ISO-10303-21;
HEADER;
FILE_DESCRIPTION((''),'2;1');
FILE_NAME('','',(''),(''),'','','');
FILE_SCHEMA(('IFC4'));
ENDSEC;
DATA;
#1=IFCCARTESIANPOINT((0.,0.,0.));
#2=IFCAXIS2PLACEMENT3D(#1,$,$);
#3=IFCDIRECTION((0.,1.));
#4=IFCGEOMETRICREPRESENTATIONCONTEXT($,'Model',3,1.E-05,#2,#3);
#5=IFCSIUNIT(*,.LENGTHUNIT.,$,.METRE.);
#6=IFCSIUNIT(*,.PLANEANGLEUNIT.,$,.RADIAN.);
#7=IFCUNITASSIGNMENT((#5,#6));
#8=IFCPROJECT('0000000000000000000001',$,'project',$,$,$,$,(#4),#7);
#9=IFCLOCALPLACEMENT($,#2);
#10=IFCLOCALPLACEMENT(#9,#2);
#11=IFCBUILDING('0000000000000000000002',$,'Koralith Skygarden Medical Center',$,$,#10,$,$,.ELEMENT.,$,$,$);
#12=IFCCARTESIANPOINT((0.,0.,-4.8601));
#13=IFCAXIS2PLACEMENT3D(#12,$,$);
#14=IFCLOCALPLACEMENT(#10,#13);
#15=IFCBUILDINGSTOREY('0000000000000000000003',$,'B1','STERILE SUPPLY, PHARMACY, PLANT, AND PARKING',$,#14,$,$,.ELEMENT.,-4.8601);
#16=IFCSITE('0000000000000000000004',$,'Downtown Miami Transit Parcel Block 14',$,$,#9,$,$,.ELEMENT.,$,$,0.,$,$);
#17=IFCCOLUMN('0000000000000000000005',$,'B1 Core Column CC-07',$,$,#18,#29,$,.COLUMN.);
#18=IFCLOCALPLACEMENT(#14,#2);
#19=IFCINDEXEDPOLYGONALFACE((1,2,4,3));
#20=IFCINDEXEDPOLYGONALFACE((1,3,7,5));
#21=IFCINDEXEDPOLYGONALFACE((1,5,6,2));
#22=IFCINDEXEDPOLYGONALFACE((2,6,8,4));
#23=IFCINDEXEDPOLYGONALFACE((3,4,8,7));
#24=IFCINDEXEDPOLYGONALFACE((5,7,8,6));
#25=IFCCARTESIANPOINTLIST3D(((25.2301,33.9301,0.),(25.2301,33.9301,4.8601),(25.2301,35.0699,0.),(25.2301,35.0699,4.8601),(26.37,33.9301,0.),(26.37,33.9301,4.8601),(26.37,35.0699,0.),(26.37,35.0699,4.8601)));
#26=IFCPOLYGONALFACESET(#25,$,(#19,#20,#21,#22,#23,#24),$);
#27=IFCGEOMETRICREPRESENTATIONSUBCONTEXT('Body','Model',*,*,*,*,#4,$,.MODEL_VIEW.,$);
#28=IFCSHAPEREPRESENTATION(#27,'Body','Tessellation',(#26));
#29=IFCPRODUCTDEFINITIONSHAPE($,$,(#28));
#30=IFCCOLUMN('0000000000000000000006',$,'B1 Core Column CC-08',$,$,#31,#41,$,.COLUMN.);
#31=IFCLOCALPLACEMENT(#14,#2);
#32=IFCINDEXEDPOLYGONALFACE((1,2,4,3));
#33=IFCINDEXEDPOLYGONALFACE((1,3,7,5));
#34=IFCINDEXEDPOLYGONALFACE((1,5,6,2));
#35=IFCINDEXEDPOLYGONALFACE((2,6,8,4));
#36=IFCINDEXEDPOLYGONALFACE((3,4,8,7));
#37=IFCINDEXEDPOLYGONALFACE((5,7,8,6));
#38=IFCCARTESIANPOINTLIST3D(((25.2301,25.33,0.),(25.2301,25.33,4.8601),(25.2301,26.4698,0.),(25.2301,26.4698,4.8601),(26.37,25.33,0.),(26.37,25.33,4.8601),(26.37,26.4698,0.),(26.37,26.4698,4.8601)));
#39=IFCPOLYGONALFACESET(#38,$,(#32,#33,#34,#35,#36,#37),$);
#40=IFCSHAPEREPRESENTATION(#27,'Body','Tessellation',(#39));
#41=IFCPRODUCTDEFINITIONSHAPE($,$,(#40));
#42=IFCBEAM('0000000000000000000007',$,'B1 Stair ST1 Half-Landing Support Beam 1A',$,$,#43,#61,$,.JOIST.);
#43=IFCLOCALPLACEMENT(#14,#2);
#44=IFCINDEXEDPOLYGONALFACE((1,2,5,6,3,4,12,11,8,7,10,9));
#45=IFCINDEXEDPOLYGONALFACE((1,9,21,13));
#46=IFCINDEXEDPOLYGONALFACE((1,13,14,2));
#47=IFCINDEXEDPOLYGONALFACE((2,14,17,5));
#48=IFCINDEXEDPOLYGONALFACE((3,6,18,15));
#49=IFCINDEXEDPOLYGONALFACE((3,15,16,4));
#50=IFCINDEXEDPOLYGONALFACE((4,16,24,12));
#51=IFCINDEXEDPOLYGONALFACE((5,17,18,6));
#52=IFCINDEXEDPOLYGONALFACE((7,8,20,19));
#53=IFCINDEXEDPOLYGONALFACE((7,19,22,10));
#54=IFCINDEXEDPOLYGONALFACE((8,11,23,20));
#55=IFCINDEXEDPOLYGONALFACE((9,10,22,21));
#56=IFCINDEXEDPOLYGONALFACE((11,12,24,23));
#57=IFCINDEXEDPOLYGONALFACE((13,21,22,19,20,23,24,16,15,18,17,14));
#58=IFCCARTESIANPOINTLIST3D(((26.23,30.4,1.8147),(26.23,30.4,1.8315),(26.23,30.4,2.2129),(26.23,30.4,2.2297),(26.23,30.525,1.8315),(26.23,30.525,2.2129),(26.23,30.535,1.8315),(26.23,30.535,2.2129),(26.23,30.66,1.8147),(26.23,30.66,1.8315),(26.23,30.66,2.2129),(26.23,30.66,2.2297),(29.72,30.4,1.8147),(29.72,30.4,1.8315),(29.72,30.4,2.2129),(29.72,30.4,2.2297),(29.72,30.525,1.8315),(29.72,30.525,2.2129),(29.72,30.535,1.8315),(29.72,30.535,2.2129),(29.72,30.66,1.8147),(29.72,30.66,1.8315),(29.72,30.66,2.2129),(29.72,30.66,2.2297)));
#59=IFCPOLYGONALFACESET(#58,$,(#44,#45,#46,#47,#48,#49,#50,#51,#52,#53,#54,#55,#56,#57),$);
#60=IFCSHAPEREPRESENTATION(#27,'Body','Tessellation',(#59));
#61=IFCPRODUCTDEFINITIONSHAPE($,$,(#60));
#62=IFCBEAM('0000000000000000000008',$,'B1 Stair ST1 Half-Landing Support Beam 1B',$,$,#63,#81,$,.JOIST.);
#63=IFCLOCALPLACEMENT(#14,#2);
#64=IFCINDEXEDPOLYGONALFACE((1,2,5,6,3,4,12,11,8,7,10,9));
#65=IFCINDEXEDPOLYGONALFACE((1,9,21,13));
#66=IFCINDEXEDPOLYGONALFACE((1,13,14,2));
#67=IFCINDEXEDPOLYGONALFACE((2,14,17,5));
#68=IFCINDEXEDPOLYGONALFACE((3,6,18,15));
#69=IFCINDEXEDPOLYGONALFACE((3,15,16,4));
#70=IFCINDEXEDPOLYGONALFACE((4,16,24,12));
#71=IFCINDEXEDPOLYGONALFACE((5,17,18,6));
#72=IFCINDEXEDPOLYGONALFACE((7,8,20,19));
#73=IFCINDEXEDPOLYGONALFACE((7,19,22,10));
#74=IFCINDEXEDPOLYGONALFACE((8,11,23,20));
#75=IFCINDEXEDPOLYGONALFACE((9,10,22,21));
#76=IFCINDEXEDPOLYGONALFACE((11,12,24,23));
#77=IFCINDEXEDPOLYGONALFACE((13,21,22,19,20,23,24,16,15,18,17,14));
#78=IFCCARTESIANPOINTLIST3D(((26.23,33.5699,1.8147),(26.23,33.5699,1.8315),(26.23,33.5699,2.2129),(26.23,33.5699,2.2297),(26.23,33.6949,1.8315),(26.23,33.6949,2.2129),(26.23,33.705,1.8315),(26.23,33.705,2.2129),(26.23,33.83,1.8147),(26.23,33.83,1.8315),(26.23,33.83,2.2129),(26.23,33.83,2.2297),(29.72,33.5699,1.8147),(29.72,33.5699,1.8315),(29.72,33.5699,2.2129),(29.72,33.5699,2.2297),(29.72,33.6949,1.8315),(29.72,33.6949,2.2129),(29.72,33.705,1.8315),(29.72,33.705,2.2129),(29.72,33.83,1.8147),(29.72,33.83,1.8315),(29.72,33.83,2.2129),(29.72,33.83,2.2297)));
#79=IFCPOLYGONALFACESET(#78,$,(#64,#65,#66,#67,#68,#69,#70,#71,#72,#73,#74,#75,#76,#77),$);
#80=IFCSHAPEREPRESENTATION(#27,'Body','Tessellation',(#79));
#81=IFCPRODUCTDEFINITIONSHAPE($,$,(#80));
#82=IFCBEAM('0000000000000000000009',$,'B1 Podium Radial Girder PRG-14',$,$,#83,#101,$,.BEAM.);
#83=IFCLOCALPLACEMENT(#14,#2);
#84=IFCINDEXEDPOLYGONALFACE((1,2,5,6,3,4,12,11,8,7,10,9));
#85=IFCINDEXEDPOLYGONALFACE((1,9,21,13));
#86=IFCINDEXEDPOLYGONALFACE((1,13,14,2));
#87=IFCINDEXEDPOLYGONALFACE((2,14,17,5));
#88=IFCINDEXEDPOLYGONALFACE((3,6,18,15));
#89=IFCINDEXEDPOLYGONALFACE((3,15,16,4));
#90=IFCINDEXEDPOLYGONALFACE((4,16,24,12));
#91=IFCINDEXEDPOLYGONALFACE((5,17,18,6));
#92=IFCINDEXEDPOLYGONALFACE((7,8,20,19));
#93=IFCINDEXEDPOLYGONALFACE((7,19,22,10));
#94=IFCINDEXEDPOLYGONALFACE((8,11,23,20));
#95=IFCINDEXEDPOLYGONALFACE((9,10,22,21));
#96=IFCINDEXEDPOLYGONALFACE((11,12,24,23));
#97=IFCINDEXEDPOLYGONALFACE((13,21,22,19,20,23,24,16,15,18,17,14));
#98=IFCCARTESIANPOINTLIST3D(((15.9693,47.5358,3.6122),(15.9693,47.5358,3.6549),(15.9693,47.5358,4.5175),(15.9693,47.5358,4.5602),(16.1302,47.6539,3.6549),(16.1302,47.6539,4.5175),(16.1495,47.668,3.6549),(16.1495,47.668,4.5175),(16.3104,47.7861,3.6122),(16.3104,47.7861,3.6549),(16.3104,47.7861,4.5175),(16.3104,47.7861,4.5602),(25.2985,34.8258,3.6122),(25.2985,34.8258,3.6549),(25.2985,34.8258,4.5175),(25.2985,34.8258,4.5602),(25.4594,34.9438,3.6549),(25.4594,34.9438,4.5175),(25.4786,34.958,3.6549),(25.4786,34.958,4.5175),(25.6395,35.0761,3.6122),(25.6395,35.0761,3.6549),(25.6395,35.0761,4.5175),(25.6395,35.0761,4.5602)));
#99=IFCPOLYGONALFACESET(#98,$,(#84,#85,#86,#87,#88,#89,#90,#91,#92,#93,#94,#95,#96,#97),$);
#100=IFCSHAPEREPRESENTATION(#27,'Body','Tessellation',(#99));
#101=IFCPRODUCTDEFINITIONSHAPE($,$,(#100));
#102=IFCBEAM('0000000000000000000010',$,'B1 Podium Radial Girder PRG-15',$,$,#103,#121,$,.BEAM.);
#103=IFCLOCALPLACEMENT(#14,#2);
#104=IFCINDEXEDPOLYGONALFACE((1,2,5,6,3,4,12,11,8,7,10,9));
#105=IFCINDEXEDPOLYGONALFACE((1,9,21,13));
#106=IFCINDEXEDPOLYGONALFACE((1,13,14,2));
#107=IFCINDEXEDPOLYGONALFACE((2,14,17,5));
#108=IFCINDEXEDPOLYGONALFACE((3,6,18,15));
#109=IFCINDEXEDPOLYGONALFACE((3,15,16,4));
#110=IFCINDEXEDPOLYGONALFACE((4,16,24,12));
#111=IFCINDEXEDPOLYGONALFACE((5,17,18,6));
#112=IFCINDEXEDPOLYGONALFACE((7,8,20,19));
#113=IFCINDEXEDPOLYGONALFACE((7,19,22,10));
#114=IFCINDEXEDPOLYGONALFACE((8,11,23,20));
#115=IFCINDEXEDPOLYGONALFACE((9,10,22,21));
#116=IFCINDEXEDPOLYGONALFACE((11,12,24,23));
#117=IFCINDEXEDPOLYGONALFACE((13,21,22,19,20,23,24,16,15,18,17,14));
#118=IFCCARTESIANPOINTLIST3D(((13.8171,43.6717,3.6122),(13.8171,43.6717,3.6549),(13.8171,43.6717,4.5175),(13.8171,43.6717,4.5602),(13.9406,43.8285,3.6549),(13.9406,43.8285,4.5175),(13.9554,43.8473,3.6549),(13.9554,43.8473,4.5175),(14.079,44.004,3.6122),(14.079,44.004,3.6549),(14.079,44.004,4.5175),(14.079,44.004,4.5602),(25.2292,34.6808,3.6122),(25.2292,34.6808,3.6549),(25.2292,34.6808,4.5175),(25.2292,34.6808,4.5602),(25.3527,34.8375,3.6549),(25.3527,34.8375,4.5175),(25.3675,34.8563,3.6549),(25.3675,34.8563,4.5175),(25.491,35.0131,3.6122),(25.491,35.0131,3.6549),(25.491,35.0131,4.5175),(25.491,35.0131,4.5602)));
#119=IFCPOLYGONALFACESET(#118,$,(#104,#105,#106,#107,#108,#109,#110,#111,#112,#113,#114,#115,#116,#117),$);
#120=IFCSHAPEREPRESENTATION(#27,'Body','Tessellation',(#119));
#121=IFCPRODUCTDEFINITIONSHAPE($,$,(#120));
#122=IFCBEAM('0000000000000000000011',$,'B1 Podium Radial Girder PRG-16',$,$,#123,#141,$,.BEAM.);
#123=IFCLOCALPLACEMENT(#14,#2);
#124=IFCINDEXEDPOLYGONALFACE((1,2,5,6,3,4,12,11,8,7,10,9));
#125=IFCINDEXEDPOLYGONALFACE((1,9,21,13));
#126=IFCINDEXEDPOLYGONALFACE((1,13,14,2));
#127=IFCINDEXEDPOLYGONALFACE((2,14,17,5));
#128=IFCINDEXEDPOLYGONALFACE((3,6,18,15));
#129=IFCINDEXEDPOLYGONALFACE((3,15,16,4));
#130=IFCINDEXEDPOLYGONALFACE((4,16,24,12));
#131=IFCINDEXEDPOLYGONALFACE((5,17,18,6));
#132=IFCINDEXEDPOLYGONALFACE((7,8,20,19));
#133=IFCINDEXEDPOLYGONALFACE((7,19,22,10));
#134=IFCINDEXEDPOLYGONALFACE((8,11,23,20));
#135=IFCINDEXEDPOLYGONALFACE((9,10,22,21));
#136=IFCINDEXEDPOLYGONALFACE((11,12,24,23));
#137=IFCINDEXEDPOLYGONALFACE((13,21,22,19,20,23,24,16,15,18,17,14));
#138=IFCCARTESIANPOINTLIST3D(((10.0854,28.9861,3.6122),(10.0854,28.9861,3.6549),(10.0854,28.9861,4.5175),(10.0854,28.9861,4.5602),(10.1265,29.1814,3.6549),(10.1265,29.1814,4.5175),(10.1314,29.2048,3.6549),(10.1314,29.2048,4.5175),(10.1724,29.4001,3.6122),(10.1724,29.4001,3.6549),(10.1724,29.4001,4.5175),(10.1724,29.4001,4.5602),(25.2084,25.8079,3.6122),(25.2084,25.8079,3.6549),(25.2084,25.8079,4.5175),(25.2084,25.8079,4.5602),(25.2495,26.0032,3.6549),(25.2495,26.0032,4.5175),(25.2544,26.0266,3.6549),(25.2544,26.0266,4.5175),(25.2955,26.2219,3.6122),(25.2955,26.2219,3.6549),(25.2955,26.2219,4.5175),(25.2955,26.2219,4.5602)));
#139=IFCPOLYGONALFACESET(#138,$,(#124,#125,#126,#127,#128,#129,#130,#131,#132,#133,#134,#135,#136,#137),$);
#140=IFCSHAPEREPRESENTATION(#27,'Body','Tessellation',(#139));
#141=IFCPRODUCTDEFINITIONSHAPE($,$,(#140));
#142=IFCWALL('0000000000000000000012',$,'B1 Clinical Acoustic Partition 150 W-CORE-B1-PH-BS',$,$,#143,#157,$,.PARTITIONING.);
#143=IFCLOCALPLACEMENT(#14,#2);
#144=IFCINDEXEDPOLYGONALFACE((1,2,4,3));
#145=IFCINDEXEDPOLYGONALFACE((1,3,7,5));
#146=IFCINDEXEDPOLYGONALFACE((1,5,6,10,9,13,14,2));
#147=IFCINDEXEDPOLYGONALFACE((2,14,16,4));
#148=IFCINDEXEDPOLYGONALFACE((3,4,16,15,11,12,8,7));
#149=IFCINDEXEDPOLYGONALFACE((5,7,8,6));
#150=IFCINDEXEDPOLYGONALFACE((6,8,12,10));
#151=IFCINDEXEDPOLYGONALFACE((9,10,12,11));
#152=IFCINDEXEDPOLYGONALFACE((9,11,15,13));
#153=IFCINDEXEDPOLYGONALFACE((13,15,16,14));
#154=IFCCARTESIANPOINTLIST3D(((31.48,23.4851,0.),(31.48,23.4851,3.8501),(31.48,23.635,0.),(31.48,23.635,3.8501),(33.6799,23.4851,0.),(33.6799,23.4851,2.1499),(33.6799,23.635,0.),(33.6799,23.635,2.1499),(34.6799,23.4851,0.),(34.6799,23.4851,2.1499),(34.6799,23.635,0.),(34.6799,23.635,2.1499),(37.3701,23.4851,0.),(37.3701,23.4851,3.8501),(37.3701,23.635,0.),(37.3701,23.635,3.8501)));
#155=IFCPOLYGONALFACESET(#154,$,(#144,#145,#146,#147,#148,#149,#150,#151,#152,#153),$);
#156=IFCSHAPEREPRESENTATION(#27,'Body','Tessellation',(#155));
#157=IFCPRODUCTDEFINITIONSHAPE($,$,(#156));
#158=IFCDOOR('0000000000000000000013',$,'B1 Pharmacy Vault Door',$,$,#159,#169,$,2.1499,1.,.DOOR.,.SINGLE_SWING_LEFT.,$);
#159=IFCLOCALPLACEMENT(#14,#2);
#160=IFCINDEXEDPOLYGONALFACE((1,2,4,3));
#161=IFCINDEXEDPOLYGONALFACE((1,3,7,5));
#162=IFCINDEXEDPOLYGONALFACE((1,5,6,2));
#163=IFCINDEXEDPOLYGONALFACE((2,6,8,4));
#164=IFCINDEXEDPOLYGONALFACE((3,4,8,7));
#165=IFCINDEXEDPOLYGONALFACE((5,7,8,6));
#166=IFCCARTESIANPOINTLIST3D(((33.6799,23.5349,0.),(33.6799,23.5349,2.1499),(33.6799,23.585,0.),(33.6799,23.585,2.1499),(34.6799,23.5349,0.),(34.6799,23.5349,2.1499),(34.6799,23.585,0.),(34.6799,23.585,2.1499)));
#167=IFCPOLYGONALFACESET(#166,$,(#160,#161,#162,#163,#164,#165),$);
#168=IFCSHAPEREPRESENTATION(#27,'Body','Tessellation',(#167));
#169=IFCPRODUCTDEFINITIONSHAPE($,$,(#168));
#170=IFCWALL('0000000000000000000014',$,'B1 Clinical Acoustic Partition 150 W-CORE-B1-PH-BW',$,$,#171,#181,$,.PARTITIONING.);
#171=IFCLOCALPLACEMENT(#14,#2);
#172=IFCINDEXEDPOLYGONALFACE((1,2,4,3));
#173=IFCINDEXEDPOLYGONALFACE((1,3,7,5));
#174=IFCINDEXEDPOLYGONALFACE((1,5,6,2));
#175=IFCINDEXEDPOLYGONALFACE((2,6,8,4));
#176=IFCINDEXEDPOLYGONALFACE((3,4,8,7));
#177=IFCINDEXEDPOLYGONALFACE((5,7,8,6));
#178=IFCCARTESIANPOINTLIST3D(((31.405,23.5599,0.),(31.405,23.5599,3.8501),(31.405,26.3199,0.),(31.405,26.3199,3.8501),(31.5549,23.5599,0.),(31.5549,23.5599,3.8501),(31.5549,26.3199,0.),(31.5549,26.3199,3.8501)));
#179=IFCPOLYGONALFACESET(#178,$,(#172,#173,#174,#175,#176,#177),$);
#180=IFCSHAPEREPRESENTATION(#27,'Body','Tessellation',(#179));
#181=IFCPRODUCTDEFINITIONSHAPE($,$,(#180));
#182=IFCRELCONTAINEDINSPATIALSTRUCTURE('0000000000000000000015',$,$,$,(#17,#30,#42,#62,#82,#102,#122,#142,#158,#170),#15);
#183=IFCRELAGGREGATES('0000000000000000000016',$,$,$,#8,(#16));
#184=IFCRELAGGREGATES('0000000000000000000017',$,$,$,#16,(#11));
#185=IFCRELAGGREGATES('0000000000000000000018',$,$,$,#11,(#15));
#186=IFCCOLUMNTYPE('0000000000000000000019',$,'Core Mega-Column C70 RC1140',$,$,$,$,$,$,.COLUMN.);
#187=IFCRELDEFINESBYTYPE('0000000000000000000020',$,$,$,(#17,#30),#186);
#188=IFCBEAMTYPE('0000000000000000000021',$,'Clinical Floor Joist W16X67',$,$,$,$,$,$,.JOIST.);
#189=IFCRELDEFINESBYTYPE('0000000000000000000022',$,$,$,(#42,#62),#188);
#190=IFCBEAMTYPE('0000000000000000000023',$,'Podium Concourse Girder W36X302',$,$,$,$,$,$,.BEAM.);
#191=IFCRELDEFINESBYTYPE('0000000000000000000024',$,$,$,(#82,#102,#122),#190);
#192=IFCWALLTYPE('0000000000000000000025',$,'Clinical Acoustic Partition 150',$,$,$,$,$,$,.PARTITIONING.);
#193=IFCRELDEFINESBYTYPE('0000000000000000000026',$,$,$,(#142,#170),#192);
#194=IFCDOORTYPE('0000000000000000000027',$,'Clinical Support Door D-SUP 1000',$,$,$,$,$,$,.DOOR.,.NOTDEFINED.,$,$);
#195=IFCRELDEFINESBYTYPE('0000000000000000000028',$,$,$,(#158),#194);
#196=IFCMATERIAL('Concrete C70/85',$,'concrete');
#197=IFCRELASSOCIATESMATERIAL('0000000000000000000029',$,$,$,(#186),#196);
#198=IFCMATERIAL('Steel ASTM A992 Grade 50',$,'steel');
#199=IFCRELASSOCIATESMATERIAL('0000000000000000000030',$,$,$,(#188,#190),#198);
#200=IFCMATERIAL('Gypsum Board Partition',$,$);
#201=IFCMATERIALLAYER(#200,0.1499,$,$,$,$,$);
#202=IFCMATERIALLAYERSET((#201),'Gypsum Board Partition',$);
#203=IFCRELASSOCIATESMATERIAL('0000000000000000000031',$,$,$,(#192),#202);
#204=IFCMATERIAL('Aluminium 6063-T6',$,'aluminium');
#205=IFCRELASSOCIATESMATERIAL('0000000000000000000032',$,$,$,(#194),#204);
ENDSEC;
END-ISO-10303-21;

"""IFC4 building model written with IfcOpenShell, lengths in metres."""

from ifc_helpers import new_model, si_unit, direction, frame, frame_2d, origin, origin_2d, place, context, subcontext, project, spatial, rectangle, i_section, extrude, material, layer, layer_set, material_profile, profile_set, type_object, element, fill, save


model = new_model("IFC4")

# Units and contexts
model_context = context("Model", 3, precision=1e-05, world=origin(), true_north=direction((0.0, 1.0)))
body_context = subcontext(model_context, "Body", "Model", "MODEL_VIEW")
ifc_project = project(units=[si_unit("LENGTHUNIT", "METRE"), si_unit("PLANEANGLEUNIT", "RADIAN")], contexts=[model_context])

# Site, building, storey
site_placement = place(None, origin())
site = spatial("IfcSite", under=ifc_project, at=site_placement, Name="Downtown Miami Transit Parcel Block 14", CompositionType="ELEMENT", RefElevation=0.0)
building_placement = place(site_placement, origin())
building = spatial("IfcBuilding", under=site, at=building_placement, Name="Koralith Skygarden Medical Center", CompositionType="ELEMENT")
storey_placement = place(building_placement, frame((0.0, 0.0, -4.8601)))
storey = spatial("IfcBuildingStorey", under=building, at=storey_placement, Name="B1", Description="STERILE SUPPLY, PHARMACY, PLANT, AND PARKING", CompositionType="ELEMENT", Elevation=-4.8601)

# Columns
ifc_material_1 = material(Name="Concrete C70/85", Category="concrete")
ifc_material_profile_1 = material_profile(ifc_material_1, rectangle(XDim=1.1399, YDim=1.1399, at=origin_2d()), Name="RC1140X1140")
ifc_profile_set_1 = profile_set([ifc_material_profile_1], Name="Concrete C70/85")
column_type = type_object("IfcColumnType", Name="Core Mega-Column C70 RC1140", PredefinedType="COLUMN", material=ifc_profile_set_1)
for number, where, z_axis, x_axis, name in (
    (1, (25.8, 34.5, 0.0), (0.0, 0.0, 1.0), (1.0, 0.0, 0.0), "B1 Core Column CC-07"),
    (2, (25.8, 25.8999, 0.0), (0.0, 0.0, 1.0), (1.0, 0.0, 0.0), "B1 Core Column CC-08"),
):
    element("IfcColumn", number, at=place(storey_placement, frame(where, z_axis=z_axis, x_axis=x_axis)), inside=storey, type_object=column_type, Name=name, PredefinedType="COLUMN", context=body_context, shape_type="SweptSolid", body=[
        extrude(rectangle(XDim=1.1399, YDim=1.1399, at=origin_2d()), origin(), (0.0, 0.0, 1.0), 4.8601),
    ])

# Beams
ifc_material_2 = material(Name="Steel ASTM A992 Grade 50", Category="steel")
ifc_material_profile_2 = material_profile(ifc_material_2, i_section(OverallWidth=0.26, OverallDepth=0.415, WebThickness=0.01, FlangeThickness=0.0168, at=origin_2d()), Name="W16X67")
ifc_profile_set_2 = profile_set([ifc_material_profile_2], Name="Steel ASTM A992 Grade 50")
beam_type_1 = type_object("IfcBeamType", Name="Clinical Floor Joist W16X67", PredefinedType="JOIST", material=ifc_profile_set_2)
for number, where, z_axis, x_axis, name in (
    (3, (26.23, 30.53, 2.0222), (1.0, 0.0, 0.0), (0.0, 1.0, 0.0), "B1 Stair ST1 Half-Landing Support Beam 1A"),
    (4, (26.23, 33.7, 2.0222), (1.0, 0.0, 0.0), (0.0, 1.0, 0.0), "B1 Stair ST1 Half-Landing Support Beam 1B"),
):
    element("IfcBeam", number, at=place(storey_placement, frame(where, z_axis=z_axis, x_axis=x_axis)), inside=storey, type_object=beam_type_1, Name=name, PredefinedType="JOIST", context=body_context, shape_type="SweptSolid", body=[
        extrude(i_section(OverallWidth=0.26, OverallDepth=0.415, WebThickness=0.01, FlangeThickness=0.0168, at=origin_2d()), origin(), (0.0, 0.0, 1.0), 3.49),
    ])
ifc_material_profile_3 = material_profile(ifc_material_2, i_section(OverallWidth=0.4231, OverallDepth=0.948, WebThickness=0.0239, FlangeThickness=0.0427, at=origin_2d()), Name="W36X302")
ifc_profile_set_3 = profile_set([ifc_material_profile_3], Name="Steel ASTM A992 Grade 50")
beam_type_2 = type_object("IfcBeamType", Name="Podium Concourse Girder W36X302", PredefinedType="BEAM", material=ifc_profile_set_3)
beam_1_placement = place(storey_placement, frame((25.469, 34.9509, 4.0862), z_axis=(-0.591713, 0.806149, 0.0), x_axis=(-0.806149, -0.591713, 0.0)))
element("IfcBeam", 5, at=beam_1_placement, inside=storey, type_object=beam_type_2, Name="B1 Podium Radial Girder PRG-14", PredefinedType="BEAM", context=body_context, shape_type="SweptSolid", body=[
    extrude(i_section(OverallWidth=0.4231, OverallDepth=0.948, WebThickness=0.0239, FlangeThickness=0.0427, at=origin_2d()), origin(), (0.0, 0.0, 1.0), 15.7664),
])
beam_2_placement = place(storey_placement, frame((25.3601, 34.8469, 4.0862), z_axis=(-0.785505, 0.618856, 0.0), x_axis=(-0.618856, -0.785505, 0.0)))
element("IfcBeam", 6, at=beam_2_placement, inside=storey, type_object=beam_type_2, Name="B1 Podium Radial Girder PRG-15", PredefinedType="BEAM", context=body_context, shape_type="SweptSolid", body=[
    extrude(i_section(OverallWidth=0.4231, OverallDepth=0.948, WebThickness=0.0239, FlangeThickness=0.0427, at=origin_2d()), origin(), (0.0, 0.0, 1.0), 14.5283),
])
beam_3_placement = place(storey_placement, frame((25.252, 26.0149, 4.0862), z_axis=(-0.978622, 0.205665, 0.0), x_axis=(-0.205665, -0.978622, 0.0)))
element("IfcBeam", 7, at=beam_3_placement, inside=storey, type_object=beam_type_2, Name="B1 Podium Radial Girder PRG-16", PredefinedType="BEAM", context=body_context, shape_type="SweptSolid", body=[
    extrude(i_section(OverallWidth=0.4231, OverallDepth=0.948, WebThickness=0.0239, FlangeThickness=0.0427, at=origin_2d()), origin(), (0.0, 0.0, 1.0), 15.4534),
])

# Wall, opening, door
ifc_material_3 = material(Name="Gypsum Board Partition")
ifc_layer_1 = layer(ifc_material_3, 0.1499)
ifc_layer_set_1 = layer_set([ifc_layer_1], Name="Gypsum Board Partition")
wall_type_1 = type_object("IfcWallType", Name="Clinical Acoustic Partition 150", PredefinedType="PARTITIONING", material=ifc_layer_set_1)
wall_1_placement = place(storey_placement, frame((31.48, 23.5601, 0.0), z_axis=(0.0, 0.0, 1.0), x_axis=(1.0, 0.0, 0.0)))
wall_1 = element("IfcWall", 8, at=wall_1_placement, inside=storey, type_object=wall_type_1, Name="B1 Clinical Acoustic Partition 150 W-CORE-B1-PH-BS", PredefinedType="PARTITIONING", context=body_context, shape_type="SweptSolid", body=[
    extrude(rectangle(XDim=5.8901, YDim=0.1499, at=frame_2d((2.9451, 0.0))), origin(), (0.0, 0.0, 1.0), 3.8501),
])
opening_1_placement = place(wall_1_placement, frame((2.2, 0.0, 0.0)))
opening_1 = element("IfcOpeningElement", 9, at=opening_1_placement, cuts=wall_1, PredefinedType="OPENING", context=body_context, shape_type="SweptSolid", body=[
    extrude(rectangle(XDim=1.0, YDim=2.1499, at=frame_2d((0.5, 1.075))), frame((0.0, 0.085, 0.0), z_axis=(0.0, -1.0, 0.0), x_axis=(1.0, 0.0, 0.0)), (0.0, 0.0, 1.0), 0.1699),
])
ifc_material_4 = material(Name="Aluminium 6063-T6", Category="aluminium")
door_type_1 = type_object("IfcDoorType", Name="Clinical Support Door D-SUP 1000", OperationType="NOTDEFINED", PredefinedType="DOOR", material=ifc_material_4)
door_1_placement = place(opening_1_placement, origin())
door_1 = element("IfcDoor", 10, at=door_1_placement, inside=storey, type_object=door_type_1, Name="B1 Pharmacy Vault Door", OperationType="SINGLE_SWING_LEFT", OverallHeight=2.1499, OverallWidth=1.0, PredefinedType="DOOR", context=body_context, shape_type="SweptSolid", body=[
    extrude(rectangle(XDim=1.0, YDim=2.1499, at=frame_2d((0.5, 1.075))), frame((0.0, 0.0249, 0.0), z_axis=(0.0, -1.0, 0.0), x_axis=(1.0, 0.0, 0.0)), (0.0, 0.0, 1.0), 0.05),
])
fill(opening_1, door_1)

# Wall
wall_2_placement = place(storey_placement, frame((31.48, 23.5601, 0.0), z_axis=(0.0, 0.0, 1.0), x_axis=(0.0, 1.0, 0.0)))
element("IfcWall", 11, at=wall_2_placement, inside=storey, type_object=wall_type_1, Name="B1 Clinical Acoustic Partition 150 W-CORE-B1-PH-BW", PredefinedType="PARTITIONING", context=body_context, shape_type="SweptSolid", body=[
    extrude(rectangle(XDim=2.76, YDim=0.1499, at=frame_2d((1.3799, 0.0))), origin(), (0.0, 0.0, 1.0), 3.8501),
])

save(model, "model.ifc")
